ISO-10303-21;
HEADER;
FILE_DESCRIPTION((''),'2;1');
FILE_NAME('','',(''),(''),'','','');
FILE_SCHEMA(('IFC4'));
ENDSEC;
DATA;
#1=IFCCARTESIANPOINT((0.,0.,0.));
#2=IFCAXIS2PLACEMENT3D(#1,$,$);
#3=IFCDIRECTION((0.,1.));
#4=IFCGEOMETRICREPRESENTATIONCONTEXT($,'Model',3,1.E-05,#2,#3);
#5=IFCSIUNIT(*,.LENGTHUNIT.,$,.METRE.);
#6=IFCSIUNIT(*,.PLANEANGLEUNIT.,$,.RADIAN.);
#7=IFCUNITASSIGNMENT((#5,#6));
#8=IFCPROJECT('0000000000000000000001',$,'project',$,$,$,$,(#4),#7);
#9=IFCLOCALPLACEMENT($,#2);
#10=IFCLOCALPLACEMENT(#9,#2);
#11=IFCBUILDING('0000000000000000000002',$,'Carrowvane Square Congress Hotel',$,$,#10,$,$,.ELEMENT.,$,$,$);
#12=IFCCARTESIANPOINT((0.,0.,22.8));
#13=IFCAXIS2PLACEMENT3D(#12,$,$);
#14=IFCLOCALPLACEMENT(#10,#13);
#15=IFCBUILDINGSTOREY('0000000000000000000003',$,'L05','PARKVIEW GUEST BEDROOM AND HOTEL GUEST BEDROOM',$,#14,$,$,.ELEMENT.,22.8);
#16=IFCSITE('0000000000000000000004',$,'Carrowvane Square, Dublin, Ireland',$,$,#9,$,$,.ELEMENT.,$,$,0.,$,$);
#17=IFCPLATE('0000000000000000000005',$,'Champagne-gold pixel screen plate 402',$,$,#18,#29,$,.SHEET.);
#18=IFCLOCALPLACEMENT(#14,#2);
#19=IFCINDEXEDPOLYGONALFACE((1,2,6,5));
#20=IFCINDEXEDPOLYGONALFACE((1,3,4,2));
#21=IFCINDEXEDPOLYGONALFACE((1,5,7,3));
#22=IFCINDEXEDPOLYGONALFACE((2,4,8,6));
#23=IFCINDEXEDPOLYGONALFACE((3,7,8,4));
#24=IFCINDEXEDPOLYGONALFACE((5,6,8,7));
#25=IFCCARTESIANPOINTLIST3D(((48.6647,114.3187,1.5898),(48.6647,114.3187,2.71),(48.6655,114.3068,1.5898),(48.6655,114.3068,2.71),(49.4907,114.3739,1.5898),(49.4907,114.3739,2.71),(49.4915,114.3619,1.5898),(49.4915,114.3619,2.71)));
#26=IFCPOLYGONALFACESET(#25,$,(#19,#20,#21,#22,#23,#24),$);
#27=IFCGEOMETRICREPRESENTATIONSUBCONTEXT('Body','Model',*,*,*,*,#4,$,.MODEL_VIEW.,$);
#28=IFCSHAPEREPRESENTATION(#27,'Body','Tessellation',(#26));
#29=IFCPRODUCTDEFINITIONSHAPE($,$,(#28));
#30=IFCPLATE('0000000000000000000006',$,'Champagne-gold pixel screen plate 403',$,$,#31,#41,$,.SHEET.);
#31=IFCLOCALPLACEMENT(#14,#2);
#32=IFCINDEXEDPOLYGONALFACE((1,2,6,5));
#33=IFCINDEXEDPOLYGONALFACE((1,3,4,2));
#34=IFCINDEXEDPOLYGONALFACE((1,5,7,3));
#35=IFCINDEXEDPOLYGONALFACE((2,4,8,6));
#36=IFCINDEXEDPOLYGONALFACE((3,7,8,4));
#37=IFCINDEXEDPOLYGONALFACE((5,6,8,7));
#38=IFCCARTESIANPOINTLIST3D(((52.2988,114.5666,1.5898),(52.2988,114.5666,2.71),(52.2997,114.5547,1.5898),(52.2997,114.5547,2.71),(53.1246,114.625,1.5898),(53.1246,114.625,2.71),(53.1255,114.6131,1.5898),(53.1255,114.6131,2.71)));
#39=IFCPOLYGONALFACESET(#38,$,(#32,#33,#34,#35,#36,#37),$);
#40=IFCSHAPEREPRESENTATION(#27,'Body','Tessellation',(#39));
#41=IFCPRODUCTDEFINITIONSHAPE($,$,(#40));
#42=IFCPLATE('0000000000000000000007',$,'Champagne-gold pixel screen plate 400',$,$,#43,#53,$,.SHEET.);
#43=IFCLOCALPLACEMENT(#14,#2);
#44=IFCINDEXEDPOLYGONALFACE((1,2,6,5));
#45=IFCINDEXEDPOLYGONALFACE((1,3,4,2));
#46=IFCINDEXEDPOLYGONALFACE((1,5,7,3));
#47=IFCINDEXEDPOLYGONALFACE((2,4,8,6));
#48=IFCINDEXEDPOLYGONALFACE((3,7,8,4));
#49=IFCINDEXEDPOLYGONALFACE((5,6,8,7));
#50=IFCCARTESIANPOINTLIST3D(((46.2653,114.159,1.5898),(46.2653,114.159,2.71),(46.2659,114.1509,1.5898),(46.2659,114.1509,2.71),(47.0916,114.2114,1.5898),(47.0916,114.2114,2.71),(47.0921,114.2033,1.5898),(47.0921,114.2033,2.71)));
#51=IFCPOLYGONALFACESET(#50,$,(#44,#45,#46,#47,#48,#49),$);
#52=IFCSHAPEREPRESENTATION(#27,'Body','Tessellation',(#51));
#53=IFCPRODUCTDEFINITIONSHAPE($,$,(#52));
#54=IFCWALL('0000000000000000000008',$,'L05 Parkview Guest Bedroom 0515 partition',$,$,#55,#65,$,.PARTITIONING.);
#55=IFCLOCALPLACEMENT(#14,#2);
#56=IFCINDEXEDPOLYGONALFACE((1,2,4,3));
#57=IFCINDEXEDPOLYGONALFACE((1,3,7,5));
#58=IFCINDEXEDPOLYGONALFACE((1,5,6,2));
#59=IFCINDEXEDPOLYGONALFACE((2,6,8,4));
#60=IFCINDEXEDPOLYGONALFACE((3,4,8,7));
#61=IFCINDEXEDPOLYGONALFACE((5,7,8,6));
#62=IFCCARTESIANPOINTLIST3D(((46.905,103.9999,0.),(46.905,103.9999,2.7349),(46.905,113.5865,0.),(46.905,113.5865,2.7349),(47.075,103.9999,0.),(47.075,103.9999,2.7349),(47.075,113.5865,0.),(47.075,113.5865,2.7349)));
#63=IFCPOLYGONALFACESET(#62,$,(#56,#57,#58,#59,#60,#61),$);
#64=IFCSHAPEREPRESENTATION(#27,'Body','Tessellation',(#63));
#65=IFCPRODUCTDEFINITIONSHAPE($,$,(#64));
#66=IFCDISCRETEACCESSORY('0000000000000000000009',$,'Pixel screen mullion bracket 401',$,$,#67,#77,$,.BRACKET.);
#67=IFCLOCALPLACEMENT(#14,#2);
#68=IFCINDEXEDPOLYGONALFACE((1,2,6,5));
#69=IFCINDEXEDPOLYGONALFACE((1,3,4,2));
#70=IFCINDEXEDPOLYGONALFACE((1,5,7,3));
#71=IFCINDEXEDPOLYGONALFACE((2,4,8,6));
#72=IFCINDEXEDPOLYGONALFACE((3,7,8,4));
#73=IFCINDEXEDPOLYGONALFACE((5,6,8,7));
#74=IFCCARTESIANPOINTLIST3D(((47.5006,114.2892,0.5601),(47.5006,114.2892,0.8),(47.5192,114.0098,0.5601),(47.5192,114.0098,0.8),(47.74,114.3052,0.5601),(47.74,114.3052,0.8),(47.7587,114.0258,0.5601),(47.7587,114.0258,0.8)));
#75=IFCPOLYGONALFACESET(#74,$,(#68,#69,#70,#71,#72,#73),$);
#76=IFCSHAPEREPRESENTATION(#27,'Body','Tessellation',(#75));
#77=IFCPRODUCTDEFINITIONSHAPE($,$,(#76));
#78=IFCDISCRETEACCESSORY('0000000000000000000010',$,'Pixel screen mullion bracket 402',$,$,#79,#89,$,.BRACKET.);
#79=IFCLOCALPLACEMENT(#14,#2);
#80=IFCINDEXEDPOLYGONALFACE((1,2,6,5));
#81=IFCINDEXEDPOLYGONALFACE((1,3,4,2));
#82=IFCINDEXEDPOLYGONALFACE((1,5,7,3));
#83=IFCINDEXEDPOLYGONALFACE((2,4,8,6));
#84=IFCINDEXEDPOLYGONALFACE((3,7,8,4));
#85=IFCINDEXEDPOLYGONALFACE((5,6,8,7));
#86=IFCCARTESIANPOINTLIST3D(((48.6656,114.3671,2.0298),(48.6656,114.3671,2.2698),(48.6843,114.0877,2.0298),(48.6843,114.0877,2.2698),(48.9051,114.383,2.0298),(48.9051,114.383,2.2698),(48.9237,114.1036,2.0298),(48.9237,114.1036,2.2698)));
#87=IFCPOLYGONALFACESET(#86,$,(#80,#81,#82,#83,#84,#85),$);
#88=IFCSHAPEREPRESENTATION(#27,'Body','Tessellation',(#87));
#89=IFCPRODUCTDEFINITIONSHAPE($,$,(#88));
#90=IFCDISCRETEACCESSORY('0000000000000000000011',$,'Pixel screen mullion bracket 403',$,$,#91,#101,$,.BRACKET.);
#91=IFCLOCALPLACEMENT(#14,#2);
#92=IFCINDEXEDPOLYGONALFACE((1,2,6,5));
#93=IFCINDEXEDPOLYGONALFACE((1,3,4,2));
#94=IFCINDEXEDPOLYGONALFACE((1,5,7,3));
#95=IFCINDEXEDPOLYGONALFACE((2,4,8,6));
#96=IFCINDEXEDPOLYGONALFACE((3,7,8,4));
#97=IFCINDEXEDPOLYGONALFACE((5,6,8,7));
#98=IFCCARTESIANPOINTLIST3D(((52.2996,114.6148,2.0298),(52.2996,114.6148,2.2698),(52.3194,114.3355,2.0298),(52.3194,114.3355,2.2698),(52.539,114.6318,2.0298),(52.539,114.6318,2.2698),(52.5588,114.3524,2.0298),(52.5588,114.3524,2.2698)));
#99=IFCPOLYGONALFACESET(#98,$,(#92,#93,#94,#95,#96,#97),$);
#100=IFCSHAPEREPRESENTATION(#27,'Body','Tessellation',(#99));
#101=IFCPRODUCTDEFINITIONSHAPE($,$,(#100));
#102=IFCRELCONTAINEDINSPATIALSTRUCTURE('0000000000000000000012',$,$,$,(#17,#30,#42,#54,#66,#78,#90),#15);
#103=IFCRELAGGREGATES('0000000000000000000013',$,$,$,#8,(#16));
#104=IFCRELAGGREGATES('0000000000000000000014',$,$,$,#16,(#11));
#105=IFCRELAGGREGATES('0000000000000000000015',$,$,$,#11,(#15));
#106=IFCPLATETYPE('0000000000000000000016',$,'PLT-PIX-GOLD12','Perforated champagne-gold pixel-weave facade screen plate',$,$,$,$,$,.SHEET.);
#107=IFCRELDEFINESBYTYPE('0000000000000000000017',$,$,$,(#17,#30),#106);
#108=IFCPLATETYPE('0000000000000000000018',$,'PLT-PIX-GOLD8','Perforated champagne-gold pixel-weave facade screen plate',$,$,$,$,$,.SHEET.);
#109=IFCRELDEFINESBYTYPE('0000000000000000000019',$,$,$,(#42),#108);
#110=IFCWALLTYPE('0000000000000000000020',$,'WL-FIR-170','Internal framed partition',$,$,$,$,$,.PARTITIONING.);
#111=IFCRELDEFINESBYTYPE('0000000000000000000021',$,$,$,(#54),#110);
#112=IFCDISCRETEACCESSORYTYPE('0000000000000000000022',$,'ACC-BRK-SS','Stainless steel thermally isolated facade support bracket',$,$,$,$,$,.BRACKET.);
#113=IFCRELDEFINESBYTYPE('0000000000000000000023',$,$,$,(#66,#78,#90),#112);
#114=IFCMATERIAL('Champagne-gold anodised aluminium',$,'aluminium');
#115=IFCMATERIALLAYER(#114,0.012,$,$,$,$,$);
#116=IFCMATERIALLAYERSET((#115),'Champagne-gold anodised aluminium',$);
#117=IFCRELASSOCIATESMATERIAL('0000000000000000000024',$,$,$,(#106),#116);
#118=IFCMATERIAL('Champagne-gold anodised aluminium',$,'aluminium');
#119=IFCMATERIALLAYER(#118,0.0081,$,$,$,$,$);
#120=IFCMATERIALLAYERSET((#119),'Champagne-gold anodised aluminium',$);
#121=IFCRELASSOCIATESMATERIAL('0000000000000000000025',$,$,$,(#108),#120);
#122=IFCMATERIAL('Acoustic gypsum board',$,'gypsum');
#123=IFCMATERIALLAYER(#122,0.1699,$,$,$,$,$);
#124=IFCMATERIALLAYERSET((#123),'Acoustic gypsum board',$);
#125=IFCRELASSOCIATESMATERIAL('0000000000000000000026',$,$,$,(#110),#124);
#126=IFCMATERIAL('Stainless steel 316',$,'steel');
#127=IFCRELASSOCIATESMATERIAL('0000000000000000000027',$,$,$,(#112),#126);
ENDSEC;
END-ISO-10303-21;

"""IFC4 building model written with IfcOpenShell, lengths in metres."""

from ifc_helpers import new_model, si_unit, direction, frame, frame_2d, origin, origin_2d, place, context, subcontext, project, spatial, rectangle, extrude, material, layer, layer_set, type_object, element, save


model = new_model("IFC4")

# Units and contexts
model_context = context("Model", 3, precision=1e-05, world=origin(), true_north=direction((0.0, 1.0)))
body_context = subcontext(model_context, "Body", "Model", "MODEL_VIEW")
ifc_project = project(units=[si_unit("LENGTHUNIT", "METRE"), si_unit("PLANEANGLEUNIT", "RADIAN")], contexts=[model_context])

# Site, building, storey
site_placement = place(None, origin())
site = spatial("IfcSite", under=ifc_project, at=site_placement, Name="Carrowvane Square, Dublin, Ireland", CompositionType="ELEMENT", RefElevation=0.0)
building_placement = place(site_placement, origin())
building = spatial("IfcBuilding", under=site, at=building_placement, Name="Carrowvane Square Congress Hotel", CompositionType="ELEMENT")
storey_placement = place(building_placement, frame((0.0, 0.0, 22.8)))
storey = spatial("IfcBuildingStorey", under=building, at=storey_placement, Name="L05", Description="PARKVIEW GUEST BEDROOM AND HOTEL GUEST BEDROOM", CompositionType="ELEMENT", Elevation=22.8)

# Plates
ifc_material_1 = material(Name="Champagne-gold anodised aluminium", Category="aluminium")
ifc_layer_1 = layer(ifc_material_1, 0.012)
ifc_layer_set_1 = layer_set([ifc_layer_1], Name="Champagne-gold anodised aluminium")
plate_type_1 = type_object("IfcPlateType", Name="PLT-PIX-GOLD12", Description="Perforated champagne-gold pixel-weave facade screen plate", PredefinedType="SHEET", material=ifc_layer_set_1)
for number, where, z_axis, x_axis, name in (
    (1, (49.0781, 114.3403, 1.5898), (0.0, 0.0, 1.0), (0.997781, 0.066574, 0.0), "Champagne-gold pixel screen plate 402"),
    (2, (52.7122, 114.5898, 1.5898), (0.0, 0.0, 1.0), (0.997506, 0.070585, 0.0), "Champagne-gold pixel screen plate 403"),
):
    element("IfcPlate", number, at=place(storey_placement, frame(where, z_axis=z_axis, x_axis=x_axis)), inside=storey, type_object=plate_type_1, Name=name, PredefinedType="SHEET", context=body_context, shape_type="SweptSolid", body=[
        extrude(rectangle(XDim=0.8279, YDim=0.012, at=origin_2d()), origin(), (0.0, 0.0, 1.0), 1.1201),
    ])
ifc_material_2 = material(Name="Champagne-gold anodised aluminium", Category="aluminium")
ifc_layer_2 = layer(ifc_material_2, 0.0081)
ifc_layer_set_2 = layer_set([ifc_layer_2], Name="Champagne-gold anodised aluminium")
plate_type_2 = type_object("IfcPlateType", Name="PLT-PIX-GOLD8", Description="Perforated champagne-gold pixel-weave facade screen plate", PredefinedType="SHEET", material=ifc_layer_set_2)
plate_1_placement = place(storey_placement, frame((46.6787, 114.1812, 1.5898), z_axis=(0.0, 0.0, 1.0), x_axis=(0.997996, 0.063277, 0.0)))
element("IfcPlate", 3, at=plate_1_placement, inside=storey, type_object=plate_type_2, Name="Champagne-gold pixel screen plate 400", PredefinedType="SHEET", context=body_context, shape_type="SweptSolid", body=[
    extrude(rectangle(XDim=0.8279, YDim=0.0081, at=origin_2d()), origin(), (0.0, 0.0, 1.0), 1.1201),
])

# Wall
ifc_material_3 = material(Name="Acoustic gypsum board", Category="gypsum")
ifc_layer_3 = layer(ifc_material_3, 0.1699)
ifc_layer_set_3 = layer_set([ifc_layer_3], Name="Acoustic gypsum board")
wall_type = type_object("IfcWallType", Name="WL-FIR-170", Description="Internal framed partition", PredefinedType="PARTITIONING", material=ifc_layer_set_3)
wall_placement = place(storey_placement, frame((46.99, 113.5867, 0.0), z_axis=(0.0, 0.0, 1.0), x_axis=(0.0, -1.0, 0.0)))
element("IfcWall", 4, at=wall_placement, inside=storey, type_object=wall_type, Name="L05 Parkview Guest Bedroom 0515 partition", PredefinedType="PARTITIONING", context=body_context, shape_type="SweptSolid", body=[
    extrude(rectangle(XDim=9.5867, YDim=0.1699, at=frame_2d((4.7935, 0.0))), origin(), (0.0, 0.0, 1.0), 2.7349),
])

# Discrete accessories
ifc_material_4 = material(Name="Stainless steel 316", Category="steel")
discrete_accessory_type = type_object("IfcDiscreteAccessoryType", Name="ACC-BRK-SS", Description="Stainless steel thermally isolated facade support bracket", PredefinedType="BRACKET", material=ifc_material_4)
for number, where, z_axis, x_axis, name in (
    (5, (47.6296, 114.1575, 0.5601), (0.0, 0.0, 1.0), (0.997781, 0.066574, 0.0), "Pixel screen mullion bracket 401"),
    (6, (48.7947, 114.2354, 2.0298), (0.0, 0.0, 1.0), (0.997781, 0.066574, 0.0), "Pixel screen mullion bracket 402"),
    (7, (52.4292, 114.4836, 2.0298), (0.0, 0.0, 1.0), (0.997506, 0.070585, 0.0), "Pixel screen mullion bracket 403"),
):
    element("IfcDiscreteAccessory", number, at=place(storey_placement, frame(where, z_axis=z_axis, x_axis=x_axis)), inside=storey, type_object=discrete_accessory_type, Name=name, PredefinedType="BRACKET", context=body_context, shape_type="SweptSolid", body=[
        extrude(rectangle(XDim=0.24, YDim=0.28, at=origin_2d()), origin(), (0.0, 0.0, 1.0), 0.24),
    ])

save(model, "model.ifc")
